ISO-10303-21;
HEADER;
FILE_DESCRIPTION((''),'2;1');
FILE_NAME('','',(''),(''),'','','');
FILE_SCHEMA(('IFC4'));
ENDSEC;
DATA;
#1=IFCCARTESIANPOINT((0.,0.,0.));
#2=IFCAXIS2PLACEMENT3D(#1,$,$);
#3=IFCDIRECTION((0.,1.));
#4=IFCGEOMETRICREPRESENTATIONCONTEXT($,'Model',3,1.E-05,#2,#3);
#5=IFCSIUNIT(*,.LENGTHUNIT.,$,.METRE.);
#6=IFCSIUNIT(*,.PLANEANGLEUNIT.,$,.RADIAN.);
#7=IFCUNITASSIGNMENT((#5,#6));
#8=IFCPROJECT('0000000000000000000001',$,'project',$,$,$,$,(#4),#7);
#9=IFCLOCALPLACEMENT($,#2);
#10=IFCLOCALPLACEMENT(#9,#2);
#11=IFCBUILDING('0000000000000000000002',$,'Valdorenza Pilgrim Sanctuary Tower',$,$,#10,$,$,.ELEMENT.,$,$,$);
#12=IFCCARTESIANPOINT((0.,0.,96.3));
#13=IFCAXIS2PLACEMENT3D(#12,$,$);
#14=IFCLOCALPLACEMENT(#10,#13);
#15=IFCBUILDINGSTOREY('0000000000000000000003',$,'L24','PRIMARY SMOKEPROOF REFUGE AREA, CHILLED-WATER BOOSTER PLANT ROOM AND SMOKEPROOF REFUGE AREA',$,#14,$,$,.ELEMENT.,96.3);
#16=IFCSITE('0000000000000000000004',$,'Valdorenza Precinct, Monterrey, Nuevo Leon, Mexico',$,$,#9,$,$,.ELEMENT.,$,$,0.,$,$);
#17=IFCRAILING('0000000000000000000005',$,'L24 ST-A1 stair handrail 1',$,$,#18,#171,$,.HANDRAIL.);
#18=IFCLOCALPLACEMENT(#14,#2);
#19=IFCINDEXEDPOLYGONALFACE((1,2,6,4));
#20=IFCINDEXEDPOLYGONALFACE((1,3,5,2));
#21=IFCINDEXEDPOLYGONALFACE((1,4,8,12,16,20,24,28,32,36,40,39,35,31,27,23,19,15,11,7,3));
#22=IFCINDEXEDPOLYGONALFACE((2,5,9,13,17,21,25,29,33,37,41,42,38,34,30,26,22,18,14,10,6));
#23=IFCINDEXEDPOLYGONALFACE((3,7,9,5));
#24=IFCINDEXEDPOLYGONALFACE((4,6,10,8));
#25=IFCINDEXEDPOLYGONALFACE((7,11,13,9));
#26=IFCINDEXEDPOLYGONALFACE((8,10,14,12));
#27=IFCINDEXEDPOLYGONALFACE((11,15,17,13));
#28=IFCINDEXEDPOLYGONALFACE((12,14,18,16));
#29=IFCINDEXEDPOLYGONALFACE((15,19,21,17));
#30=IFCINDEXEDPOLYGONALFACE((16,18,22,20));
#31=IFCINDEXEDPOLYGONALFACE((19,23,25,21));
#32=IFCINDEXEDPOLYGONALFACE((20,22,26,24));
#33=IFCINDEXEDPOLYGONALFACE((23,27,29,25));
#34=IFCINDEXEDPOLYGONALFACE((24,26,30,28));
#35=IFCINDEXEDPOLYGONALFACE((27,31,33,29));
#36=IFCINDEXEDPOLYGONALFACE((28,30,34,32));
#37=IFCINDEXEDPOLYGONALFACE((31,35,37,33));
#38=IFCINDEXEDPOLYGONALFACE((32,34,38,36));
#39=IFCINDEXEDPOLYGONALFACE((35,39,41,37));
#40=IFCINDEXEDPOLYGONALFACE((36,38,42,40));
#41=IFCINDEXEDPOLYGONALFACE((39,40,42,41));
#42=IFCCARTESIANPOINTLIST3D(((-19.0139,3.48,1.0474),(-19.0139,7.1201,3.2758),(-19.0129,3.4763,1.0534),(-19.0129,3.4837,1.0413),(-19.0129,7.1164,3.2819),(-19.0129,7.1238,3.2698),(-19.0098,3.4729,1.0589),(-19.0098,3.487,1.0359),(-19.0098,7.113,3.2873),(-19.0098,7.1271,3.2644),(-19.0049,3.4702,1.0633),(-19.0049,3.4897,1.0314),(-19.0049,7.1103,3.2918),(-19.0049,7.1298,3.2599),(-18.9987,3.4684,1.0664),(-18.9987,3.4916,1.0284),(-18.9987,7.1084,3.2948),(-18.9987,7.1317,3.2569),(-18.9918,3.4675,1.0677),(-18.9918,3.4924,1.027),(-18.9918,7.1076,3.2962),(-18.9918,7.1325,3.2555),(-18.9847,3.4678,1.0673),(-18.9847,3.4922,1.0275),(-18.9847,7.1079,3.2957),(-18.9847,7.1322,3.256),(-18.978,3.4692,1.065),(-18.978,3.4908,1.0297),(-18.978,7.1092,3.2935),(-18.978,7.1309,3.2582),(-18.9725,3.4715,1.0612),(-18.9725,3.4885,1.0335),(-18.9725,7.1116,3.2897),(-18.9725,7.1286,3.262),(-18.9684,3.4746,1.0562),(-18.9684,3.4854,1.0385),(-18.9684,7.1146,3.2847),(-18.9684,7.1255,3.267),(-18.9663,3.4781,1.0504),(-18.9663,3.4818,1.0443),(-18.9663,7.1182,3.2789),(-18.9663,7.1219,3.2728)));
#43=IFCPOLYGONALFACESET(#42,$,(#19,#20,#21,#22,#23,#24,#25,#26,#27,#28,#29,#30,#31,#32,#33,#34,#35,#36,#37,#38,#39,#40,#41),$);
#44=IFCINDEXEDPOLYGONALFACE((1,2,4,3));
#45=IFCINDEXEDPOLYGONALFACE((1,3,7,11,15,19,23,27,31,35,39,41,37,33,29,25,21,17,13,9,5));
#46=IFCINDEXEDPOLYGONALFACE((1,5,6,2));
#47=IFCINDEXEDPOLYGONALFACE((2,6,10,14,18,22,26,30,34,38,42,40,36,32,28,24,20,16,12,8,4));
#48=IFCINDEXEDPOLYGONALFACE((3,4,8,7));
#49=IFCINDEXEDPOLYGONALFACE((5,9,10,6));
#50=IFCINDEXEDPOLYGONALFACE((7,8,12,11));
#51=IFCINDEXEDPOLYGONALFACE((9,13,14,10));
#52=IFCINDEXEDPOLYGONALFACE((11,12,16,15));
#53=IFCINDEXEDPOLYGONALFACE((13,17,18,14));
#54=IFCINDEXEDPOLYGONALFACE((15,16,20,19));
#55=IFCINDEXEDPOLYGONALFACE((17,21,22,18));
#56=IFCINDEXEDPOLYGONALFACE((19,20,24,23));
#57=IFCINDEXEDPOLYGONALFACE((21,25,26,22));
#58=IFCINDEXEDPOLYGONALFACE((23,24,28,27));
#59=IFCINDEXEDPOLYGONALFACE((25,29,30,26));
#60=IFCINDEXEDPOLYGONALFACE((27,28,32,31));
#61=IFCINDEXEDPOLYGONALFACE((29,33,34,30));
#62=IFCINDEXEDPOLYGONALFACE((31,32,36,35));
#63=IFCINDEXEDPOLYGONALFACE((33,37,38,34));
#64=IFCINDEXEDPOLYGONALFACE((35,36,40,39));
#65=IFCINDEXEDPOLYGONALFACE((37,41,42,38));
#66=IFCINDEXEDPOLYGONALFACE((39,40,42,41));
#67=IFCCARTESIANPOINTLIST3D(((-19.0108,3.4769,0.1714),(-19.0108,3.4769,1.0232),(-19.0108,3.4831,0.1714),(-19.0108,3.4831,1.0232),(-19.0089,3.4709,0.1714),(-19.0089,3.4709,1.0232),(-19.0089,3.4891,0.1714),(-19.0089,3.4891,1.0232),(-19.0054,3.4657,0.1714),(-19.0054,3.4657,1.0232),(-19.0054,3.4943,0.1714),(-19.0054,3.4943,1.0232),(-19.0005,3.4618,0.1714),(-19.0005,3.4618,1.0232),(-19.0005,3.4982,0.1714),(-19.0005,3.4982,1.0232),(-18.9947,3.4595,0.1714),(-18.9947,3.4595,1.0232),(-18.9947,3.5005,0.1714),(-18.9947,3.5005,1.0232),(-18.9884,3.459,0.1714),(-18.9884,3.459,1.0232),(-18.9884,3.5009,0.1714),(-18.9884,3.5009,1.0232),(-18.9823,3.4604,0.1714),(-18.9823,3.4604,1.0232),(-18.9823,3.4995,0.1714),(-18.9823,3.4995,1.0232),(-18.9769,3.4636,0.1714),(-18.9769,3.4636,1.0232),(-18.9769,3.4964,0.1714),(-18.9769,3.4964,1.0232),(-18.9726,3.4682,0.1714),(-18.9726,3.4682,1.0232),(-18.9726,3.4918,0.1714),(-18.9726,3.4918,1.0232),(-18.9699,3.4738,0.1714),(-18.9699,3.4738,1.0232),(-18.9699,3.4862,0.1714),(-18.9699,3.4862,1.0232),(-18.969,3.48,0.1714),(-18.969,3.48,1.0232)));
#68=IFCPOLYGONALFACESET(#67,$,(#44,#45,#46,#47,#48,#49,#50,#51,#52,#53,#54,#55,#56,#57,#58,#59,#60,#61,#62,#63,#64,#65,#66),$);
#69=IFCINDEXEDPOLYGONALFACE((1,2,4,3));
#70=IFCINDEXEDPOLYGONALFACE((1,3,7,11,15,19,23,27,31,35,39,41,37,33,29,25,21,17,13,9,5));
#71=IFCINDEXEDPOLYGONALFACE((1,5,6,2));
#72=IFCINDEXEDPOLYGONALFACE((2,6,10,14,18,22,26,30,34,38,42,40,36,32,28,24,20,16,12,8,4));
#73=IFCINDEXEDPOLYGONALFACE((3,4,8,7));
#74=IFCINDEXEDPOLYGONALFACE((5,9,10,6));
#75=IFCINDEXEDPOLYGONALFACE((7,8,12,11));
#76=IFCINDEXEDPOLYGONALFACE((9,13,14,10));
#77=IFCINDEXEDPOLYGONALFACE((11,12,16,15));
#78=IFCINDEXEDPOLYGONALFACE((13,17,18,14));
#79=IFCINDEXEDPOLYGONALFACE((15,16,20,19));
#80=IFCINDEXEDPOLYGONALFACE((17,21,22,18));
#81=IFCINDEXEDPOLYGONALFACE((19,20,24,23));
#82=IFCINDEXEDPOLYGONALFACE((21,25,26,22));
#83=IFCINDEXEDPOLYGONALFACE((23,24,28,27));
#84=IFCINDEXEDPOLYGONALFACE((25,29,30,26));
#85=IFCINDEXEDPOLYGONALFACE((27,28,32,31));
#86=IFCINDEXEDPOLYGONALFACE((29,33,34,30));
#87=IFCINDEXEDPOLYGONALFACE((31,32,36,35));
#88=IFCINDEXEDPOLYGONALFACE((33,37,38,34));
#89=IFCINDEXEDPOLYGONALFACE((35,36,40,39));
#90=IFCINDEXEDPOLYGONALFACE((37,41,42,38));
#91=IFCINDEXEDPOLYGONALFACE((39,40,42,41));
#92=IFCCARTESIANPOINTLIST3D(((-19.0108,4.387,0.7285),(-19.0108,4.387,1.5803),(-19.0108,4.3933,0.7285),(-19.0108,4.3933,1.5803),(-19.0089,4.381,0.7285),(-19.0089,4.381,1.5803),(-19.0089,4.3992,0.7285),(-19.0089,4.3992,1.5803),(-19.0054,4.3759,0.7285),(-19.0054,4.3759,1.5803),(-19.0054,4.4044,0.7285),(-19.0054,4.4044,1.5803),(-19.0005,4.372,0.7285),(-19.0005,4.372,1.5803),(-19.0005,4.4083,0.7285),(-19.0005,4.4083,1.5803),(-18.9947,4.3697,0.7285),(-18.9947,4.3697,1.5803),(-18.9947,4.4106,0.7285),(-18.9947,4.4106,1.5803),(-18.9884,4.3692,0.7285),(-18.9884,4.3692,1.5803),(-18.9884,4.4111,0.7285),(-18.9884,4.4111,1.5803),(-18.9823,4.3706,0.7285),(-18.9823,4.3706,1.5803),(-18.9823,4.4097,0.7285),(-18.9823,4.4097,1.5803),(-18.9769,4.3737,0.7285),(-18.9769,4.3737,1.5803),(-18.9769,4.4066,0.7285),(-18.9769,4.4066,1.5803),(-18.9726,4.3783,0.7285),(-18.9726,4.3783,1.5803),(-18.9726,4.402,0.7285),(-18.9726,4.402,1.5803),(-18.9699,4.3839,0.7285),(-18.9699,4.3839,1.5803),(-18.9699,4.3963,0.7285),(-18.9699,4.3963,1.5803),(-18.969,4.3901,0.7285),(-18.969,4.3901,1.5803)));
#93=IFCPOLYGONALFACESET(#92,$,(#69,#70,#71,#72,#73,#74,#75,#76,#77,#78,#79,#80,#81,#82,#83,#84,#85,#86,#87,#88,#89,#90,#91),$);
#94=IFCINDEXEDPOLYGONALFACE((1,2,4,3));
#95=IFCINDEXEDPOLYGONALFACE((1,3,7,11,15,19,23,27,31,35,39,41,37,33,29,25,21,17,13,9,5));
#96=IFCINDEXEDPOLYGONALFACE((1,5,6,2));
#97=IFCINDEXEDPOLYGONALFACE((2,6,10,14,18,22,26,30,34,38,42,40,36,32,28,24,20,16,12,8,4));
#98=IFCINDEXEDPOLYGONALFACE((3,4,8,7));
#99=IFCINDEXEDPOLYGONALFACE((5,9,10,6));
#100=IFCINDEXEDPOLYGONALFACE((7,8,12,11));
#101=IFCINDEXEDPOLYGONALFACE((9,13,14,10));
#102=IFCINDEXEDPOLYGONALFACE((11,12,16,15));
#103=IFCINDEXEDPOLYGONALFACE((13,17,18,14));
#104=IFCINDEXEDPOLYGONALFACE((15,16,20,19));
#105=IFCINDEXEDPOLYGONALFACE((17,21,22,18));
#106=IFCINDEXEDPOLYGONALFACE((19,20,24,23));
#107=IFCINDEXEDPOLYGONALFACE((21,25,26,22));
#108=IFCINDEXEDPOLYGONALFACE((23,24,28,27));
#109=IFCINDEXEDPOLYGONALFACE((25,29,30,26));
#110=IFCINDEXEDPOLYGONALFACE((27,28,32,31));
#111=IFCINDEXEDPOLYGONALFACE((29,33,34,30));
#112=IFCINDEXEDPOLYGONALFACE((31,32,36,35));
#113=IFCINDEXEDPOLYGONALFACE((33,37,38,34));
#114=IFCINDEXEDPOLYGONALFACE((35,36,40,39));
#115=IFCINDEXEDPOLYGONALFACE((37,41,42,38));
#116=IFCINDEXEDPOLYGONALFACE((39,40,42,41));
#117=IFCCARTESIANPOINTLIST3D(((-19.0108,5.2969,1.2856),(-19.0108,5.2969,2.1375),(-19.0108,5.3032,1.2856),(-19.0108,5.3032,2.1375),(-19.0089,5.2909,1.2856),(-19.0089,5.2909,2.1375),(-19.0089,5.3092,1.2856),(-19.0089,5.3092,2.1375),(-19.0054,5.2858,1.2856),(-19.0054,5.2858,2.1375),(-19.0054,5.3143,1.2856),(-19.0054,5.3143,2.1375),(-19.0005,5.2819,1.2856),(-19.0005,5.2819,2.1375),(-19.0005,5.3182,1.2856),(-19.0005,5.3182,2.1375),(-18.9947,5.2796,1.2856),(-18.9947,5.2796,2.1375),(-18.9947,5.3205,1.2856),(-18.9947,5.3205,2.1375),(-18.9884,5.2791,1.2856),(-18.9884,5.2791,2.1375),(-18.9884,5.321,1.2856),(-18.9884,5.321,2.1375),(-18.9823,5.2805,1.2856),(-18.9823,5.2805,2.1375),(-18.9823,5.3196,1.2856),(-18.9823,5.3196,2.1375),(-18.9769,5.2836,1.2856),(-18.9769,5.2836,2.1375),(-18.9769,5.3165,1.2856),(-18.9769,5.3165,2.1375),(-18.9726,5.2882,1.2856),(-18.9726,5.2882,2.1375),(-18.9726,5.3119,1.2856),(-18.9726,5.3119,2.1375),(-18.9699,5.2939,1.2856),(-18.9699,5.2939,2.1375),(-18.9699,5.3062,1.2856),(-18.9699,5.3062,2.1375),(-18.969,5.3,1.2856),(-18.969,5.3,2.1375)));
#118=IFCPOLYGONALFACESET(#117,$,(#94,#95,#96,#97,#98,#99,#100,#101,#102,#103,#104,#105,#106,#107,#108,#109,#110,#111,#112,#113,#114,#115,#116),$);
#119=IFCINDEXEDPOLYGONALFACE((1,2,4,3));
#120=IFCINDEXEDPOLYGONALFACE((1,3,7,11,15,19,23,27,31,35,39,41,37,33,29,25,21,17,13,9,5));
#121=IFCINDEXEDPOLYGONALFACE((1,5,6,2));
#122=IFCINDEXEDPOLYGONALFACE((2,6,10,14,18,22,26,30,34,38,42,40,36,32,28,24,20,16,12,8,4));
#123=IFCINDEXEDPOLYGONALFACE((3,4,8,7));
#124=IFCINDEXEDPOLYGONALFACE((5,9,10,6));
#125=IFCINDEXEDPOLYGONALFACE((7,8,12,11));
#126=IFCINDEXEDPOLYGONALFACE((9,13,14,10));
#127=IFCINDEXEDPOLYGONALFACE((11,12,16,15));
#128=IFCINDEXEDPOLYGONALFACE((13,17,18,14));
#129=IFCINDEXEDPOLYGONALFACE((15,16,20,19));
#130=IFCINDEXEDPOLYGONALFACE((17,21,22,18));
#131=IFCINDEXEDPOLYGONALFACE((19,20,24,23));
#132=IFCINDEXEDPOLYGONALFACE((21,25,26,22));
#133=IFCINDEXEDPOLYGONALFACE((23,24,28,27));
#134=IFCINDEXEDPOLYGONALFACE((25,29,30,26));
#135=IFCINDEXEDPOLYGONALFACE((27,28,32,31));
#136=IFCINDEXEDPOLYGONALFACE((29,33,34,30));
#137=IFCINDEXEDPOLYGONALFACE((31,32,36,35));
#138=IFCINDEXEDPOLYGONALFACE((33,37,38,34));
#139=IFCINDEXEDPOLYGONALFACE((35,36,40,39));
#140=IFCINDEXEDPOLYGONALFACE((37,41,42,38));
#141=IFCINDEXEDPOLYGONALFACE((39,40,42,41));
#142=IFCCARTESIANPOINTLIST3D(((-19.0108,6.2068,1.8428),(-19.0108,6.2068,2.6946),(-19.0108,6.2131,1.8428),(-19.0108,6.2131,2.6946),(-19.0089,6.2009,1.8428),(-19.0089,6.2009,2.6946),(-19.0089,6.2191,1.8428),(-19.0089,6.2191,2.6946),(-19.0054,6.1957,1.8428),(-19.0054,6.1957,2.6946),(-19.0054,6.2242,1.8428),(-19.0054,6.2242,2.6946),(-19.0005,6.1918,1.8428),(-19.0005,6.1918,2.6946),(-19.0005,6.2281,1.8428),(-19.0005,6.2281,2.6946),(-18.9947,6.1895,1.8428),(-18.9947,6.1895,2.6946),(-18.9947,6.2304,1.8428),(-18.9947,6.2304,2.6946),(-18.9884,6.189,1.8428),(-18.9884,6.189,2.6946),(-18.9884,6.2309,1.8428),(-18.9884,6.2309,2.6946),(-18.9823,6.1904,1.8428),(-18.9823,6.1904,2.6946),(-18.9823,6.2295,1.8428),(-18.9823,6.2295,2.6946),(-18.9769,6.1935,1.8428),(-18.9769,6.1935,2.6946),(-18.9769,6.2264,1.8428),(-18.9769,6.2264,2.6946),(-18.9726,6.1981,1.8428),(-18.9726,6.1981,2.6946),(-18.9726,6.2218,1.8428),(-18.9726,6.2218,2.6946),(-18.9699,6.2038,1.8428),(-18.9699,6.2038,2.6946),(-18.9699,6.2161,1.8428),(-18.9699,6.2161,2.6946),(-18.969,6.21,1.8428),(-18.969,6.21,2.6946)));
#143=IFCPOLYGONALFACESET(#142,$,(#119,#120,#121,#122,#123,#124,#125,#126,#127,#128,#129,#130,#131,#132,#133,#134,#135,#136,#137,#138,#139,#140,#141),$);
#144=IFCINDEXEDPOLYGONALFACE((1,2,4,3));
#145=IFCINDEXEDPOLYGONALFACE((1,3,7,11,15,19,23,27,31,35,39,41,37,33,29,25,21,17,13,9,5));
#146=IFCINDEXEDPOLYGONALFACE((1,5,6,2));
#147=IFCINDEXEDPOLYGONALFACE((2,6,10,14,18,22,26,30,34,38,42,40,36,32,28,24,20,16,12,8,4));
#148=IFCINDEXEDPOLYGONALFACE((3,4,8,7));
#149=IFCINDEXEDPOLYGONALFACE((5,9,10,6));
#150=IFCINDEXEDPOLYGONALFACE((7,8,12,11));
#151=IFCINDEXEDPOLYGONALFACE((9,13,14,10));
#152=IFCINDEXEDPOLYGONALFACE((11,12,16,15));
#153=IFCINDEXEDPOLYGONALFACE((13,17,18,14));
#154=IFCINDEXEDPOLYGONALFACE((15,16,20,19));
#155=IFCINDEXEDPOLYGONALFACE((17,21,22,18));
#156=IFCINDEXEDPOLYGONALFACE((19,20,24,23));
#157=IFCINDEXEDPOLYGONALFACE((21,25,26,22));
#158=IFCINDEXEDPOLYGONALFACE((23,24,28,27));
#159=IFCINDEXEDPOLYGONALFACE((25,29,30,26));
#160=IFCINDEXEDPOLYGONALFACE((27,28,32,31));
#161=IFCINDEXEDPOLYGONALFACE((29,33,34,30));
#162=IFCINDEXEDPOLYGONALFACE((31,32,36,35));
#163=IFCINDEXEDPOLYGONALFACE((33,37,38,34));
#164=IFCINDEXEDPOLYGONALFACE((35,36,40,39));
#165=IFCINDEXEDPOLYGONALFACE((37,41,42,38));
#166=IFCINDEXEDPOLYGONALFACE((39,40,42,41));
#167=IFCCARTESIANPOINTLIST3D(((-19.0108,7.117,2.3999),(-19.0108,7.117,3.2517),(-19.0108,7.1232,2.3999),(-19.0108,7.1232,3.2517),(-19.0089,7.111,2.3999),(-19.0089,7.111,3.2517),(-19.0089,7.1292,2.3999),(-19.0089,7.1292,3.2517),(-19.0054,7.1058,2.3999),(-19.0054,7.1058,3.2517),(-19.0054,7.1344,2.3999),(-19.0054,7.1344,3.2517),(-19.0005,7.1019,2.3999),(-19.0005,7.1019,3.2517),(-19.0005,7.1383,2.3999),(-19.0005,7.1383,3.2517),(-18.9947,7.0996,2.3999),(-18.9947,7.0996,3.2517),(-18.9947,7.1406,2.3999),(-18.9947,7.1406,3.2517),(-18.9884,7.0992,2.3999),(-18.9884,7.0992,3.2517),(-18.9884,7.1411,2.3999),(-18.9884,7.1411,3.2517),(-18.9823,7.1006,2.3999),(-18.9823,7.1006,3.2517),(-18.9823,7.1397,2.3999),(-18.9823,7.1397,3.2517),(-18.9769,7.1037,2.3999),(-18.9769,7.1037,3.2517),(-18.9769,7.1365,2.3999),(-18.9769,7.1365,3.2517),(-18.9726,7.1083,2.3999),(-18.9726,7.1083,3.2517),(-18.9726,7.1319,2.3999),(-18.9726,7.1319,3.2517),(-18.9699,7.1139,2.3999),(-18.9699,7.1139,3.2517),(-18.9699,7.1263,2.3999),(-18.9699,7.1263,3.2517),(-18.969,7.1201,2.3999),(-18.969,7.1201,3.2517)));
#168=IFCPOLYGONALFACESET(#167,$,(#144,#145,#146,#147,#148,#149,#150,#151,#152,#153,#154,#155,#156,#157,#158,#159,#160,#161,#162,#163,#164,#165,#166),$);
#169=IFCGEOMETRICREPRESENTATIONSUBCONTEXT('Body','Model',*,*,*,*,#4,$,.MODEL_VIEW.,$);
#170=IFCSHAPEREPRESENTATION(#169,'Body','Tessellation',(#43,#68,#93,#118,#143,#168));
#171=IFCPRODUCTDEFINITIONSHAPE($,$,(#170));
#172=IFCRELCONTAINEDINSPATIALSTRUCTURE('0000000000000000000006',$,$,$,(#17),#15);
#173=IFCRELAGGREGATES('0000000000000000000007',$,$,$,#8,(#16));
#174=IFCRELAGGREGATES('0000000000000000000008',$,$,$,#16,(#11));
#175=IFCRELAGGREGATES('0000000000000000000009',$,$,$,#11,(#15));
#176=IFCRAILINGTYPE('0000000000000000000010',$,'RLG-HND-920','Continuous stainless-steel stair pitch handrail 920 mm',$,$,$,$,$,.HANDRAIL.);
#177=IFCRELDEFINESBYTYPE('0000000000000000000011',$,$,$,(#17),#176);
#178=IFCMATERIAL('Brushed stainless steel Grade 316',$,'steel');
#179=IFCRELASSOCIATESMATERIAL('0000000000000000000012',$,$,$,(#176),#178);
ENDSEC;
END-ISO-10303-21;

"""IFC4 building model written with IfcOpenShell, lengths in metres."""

from ifc_helpers import new_model, si_unit, direction, frame, origin, origin_2d, place, context, subcontext, project, spatial, circle, extrude, material, type_object, element, save


model = new_model("IFC4")

# Units and contexts
model_context = context("Model", 3, precision=1e-05, world=origin(), true_north=direction((0.0, 1.0)))
body_context = subcontext(model_context, "Body", "Model", "MODEL_VIEW")
ifc_project = project(units=[si_unit("LENGTHUNIT", "METRE"), si_unit("PLANEANGLEUNIT", "RADIAN")], contexts=[model_context])

# Site, building, storey
site_placement = place(None, origin())
site = spatial("IfcSite", under=ifc_project, at=site_placement, Name="Valdorenza Precinct, Monterrey, Nuevo Leon, Mexico", CompositionType="ELEMENT", RefElevation=0.0)
building_placement = place(site_placement, origin())
building = spatial("IfcBuilding", under=site, at=building_placement, Name="Valdorenza Pilgrim Sanctuary Tower", CompositionType="ELEMENT")
storey_placement = place(building_placement, frame((0.0, 0.0, 96.3)))
storey = spatial("IfcBuildingStorey", under=building, at=storey_placement, Name="L24", Description="PRIMARY SMOKEPROOF REFUGE AREA, CHILLED-WATER BOOSTER PLANT ROOM AND SMOKEPROOF REFUGE AREA", CompositionType="ELEMENT", Elevation=96.3)

# Shared definitions
ifc_material_1 = material(Name="Brushed stainless steel Grade 316", Category="steel")

# Railing
railing_type_1 = type_object("IfcRailingType", Name="RLG-HND-920", Description="Continuous stainless-steel stair pitch handrail 920 mm", PredefinedType="HANDRAIL", material=ifc_material_1)
railing_1_placement = place(storey_placement, frame((-18.99, 3.48, 0.1714)))
element("IfcRailing", 1, at=railing_1_placement, inside=storey, type_object=railing_type_1, Name="L24 ST-A1 stair handrail 1", PredefinedType="HANDRAIL", context=body_context, shape_type="SweptSolid", body=[
    extrude(circle(Radius=0.0239, at=origin_2d()), frame((0.0, 0.0, 0.876), z_axis=(0.0, 0.852866, 0.52213), x_axis=(-1.0, 0.0, 0.0)), (0.0, 0.0, 1.0), 4.2681),
    extrude(circle(Radius=0.021, at=origin_2d()), origin(), (0.0, 0.0, 1.0), 0.8518),
    extrude(circle(Radius=0.021, at=origin_2d()), frame((0.0, 0.9102, 0.5571)), (0.0, 0.0, 1.0), 0.8518),
    extrude(circle(Radius=0.021, at=origin_2d()), frame((0.0, 1.8201, 1.1143)), (0.0, 0.0, 1.0), 0.8518),
    extrude(circle(Radius=0.021, at=origin_2d()), frame((0.0, 2.73, 1.6714)), (0.0, 0.0, 1.0), 0.8518),
    extrude(circle(Radius=0.021, at=origin_2d()), frame((0.0, 3.6401, 2.2285)), (0.0, 0.0, 1.0), 0.8518),
])

save(model, "model.ifc")
